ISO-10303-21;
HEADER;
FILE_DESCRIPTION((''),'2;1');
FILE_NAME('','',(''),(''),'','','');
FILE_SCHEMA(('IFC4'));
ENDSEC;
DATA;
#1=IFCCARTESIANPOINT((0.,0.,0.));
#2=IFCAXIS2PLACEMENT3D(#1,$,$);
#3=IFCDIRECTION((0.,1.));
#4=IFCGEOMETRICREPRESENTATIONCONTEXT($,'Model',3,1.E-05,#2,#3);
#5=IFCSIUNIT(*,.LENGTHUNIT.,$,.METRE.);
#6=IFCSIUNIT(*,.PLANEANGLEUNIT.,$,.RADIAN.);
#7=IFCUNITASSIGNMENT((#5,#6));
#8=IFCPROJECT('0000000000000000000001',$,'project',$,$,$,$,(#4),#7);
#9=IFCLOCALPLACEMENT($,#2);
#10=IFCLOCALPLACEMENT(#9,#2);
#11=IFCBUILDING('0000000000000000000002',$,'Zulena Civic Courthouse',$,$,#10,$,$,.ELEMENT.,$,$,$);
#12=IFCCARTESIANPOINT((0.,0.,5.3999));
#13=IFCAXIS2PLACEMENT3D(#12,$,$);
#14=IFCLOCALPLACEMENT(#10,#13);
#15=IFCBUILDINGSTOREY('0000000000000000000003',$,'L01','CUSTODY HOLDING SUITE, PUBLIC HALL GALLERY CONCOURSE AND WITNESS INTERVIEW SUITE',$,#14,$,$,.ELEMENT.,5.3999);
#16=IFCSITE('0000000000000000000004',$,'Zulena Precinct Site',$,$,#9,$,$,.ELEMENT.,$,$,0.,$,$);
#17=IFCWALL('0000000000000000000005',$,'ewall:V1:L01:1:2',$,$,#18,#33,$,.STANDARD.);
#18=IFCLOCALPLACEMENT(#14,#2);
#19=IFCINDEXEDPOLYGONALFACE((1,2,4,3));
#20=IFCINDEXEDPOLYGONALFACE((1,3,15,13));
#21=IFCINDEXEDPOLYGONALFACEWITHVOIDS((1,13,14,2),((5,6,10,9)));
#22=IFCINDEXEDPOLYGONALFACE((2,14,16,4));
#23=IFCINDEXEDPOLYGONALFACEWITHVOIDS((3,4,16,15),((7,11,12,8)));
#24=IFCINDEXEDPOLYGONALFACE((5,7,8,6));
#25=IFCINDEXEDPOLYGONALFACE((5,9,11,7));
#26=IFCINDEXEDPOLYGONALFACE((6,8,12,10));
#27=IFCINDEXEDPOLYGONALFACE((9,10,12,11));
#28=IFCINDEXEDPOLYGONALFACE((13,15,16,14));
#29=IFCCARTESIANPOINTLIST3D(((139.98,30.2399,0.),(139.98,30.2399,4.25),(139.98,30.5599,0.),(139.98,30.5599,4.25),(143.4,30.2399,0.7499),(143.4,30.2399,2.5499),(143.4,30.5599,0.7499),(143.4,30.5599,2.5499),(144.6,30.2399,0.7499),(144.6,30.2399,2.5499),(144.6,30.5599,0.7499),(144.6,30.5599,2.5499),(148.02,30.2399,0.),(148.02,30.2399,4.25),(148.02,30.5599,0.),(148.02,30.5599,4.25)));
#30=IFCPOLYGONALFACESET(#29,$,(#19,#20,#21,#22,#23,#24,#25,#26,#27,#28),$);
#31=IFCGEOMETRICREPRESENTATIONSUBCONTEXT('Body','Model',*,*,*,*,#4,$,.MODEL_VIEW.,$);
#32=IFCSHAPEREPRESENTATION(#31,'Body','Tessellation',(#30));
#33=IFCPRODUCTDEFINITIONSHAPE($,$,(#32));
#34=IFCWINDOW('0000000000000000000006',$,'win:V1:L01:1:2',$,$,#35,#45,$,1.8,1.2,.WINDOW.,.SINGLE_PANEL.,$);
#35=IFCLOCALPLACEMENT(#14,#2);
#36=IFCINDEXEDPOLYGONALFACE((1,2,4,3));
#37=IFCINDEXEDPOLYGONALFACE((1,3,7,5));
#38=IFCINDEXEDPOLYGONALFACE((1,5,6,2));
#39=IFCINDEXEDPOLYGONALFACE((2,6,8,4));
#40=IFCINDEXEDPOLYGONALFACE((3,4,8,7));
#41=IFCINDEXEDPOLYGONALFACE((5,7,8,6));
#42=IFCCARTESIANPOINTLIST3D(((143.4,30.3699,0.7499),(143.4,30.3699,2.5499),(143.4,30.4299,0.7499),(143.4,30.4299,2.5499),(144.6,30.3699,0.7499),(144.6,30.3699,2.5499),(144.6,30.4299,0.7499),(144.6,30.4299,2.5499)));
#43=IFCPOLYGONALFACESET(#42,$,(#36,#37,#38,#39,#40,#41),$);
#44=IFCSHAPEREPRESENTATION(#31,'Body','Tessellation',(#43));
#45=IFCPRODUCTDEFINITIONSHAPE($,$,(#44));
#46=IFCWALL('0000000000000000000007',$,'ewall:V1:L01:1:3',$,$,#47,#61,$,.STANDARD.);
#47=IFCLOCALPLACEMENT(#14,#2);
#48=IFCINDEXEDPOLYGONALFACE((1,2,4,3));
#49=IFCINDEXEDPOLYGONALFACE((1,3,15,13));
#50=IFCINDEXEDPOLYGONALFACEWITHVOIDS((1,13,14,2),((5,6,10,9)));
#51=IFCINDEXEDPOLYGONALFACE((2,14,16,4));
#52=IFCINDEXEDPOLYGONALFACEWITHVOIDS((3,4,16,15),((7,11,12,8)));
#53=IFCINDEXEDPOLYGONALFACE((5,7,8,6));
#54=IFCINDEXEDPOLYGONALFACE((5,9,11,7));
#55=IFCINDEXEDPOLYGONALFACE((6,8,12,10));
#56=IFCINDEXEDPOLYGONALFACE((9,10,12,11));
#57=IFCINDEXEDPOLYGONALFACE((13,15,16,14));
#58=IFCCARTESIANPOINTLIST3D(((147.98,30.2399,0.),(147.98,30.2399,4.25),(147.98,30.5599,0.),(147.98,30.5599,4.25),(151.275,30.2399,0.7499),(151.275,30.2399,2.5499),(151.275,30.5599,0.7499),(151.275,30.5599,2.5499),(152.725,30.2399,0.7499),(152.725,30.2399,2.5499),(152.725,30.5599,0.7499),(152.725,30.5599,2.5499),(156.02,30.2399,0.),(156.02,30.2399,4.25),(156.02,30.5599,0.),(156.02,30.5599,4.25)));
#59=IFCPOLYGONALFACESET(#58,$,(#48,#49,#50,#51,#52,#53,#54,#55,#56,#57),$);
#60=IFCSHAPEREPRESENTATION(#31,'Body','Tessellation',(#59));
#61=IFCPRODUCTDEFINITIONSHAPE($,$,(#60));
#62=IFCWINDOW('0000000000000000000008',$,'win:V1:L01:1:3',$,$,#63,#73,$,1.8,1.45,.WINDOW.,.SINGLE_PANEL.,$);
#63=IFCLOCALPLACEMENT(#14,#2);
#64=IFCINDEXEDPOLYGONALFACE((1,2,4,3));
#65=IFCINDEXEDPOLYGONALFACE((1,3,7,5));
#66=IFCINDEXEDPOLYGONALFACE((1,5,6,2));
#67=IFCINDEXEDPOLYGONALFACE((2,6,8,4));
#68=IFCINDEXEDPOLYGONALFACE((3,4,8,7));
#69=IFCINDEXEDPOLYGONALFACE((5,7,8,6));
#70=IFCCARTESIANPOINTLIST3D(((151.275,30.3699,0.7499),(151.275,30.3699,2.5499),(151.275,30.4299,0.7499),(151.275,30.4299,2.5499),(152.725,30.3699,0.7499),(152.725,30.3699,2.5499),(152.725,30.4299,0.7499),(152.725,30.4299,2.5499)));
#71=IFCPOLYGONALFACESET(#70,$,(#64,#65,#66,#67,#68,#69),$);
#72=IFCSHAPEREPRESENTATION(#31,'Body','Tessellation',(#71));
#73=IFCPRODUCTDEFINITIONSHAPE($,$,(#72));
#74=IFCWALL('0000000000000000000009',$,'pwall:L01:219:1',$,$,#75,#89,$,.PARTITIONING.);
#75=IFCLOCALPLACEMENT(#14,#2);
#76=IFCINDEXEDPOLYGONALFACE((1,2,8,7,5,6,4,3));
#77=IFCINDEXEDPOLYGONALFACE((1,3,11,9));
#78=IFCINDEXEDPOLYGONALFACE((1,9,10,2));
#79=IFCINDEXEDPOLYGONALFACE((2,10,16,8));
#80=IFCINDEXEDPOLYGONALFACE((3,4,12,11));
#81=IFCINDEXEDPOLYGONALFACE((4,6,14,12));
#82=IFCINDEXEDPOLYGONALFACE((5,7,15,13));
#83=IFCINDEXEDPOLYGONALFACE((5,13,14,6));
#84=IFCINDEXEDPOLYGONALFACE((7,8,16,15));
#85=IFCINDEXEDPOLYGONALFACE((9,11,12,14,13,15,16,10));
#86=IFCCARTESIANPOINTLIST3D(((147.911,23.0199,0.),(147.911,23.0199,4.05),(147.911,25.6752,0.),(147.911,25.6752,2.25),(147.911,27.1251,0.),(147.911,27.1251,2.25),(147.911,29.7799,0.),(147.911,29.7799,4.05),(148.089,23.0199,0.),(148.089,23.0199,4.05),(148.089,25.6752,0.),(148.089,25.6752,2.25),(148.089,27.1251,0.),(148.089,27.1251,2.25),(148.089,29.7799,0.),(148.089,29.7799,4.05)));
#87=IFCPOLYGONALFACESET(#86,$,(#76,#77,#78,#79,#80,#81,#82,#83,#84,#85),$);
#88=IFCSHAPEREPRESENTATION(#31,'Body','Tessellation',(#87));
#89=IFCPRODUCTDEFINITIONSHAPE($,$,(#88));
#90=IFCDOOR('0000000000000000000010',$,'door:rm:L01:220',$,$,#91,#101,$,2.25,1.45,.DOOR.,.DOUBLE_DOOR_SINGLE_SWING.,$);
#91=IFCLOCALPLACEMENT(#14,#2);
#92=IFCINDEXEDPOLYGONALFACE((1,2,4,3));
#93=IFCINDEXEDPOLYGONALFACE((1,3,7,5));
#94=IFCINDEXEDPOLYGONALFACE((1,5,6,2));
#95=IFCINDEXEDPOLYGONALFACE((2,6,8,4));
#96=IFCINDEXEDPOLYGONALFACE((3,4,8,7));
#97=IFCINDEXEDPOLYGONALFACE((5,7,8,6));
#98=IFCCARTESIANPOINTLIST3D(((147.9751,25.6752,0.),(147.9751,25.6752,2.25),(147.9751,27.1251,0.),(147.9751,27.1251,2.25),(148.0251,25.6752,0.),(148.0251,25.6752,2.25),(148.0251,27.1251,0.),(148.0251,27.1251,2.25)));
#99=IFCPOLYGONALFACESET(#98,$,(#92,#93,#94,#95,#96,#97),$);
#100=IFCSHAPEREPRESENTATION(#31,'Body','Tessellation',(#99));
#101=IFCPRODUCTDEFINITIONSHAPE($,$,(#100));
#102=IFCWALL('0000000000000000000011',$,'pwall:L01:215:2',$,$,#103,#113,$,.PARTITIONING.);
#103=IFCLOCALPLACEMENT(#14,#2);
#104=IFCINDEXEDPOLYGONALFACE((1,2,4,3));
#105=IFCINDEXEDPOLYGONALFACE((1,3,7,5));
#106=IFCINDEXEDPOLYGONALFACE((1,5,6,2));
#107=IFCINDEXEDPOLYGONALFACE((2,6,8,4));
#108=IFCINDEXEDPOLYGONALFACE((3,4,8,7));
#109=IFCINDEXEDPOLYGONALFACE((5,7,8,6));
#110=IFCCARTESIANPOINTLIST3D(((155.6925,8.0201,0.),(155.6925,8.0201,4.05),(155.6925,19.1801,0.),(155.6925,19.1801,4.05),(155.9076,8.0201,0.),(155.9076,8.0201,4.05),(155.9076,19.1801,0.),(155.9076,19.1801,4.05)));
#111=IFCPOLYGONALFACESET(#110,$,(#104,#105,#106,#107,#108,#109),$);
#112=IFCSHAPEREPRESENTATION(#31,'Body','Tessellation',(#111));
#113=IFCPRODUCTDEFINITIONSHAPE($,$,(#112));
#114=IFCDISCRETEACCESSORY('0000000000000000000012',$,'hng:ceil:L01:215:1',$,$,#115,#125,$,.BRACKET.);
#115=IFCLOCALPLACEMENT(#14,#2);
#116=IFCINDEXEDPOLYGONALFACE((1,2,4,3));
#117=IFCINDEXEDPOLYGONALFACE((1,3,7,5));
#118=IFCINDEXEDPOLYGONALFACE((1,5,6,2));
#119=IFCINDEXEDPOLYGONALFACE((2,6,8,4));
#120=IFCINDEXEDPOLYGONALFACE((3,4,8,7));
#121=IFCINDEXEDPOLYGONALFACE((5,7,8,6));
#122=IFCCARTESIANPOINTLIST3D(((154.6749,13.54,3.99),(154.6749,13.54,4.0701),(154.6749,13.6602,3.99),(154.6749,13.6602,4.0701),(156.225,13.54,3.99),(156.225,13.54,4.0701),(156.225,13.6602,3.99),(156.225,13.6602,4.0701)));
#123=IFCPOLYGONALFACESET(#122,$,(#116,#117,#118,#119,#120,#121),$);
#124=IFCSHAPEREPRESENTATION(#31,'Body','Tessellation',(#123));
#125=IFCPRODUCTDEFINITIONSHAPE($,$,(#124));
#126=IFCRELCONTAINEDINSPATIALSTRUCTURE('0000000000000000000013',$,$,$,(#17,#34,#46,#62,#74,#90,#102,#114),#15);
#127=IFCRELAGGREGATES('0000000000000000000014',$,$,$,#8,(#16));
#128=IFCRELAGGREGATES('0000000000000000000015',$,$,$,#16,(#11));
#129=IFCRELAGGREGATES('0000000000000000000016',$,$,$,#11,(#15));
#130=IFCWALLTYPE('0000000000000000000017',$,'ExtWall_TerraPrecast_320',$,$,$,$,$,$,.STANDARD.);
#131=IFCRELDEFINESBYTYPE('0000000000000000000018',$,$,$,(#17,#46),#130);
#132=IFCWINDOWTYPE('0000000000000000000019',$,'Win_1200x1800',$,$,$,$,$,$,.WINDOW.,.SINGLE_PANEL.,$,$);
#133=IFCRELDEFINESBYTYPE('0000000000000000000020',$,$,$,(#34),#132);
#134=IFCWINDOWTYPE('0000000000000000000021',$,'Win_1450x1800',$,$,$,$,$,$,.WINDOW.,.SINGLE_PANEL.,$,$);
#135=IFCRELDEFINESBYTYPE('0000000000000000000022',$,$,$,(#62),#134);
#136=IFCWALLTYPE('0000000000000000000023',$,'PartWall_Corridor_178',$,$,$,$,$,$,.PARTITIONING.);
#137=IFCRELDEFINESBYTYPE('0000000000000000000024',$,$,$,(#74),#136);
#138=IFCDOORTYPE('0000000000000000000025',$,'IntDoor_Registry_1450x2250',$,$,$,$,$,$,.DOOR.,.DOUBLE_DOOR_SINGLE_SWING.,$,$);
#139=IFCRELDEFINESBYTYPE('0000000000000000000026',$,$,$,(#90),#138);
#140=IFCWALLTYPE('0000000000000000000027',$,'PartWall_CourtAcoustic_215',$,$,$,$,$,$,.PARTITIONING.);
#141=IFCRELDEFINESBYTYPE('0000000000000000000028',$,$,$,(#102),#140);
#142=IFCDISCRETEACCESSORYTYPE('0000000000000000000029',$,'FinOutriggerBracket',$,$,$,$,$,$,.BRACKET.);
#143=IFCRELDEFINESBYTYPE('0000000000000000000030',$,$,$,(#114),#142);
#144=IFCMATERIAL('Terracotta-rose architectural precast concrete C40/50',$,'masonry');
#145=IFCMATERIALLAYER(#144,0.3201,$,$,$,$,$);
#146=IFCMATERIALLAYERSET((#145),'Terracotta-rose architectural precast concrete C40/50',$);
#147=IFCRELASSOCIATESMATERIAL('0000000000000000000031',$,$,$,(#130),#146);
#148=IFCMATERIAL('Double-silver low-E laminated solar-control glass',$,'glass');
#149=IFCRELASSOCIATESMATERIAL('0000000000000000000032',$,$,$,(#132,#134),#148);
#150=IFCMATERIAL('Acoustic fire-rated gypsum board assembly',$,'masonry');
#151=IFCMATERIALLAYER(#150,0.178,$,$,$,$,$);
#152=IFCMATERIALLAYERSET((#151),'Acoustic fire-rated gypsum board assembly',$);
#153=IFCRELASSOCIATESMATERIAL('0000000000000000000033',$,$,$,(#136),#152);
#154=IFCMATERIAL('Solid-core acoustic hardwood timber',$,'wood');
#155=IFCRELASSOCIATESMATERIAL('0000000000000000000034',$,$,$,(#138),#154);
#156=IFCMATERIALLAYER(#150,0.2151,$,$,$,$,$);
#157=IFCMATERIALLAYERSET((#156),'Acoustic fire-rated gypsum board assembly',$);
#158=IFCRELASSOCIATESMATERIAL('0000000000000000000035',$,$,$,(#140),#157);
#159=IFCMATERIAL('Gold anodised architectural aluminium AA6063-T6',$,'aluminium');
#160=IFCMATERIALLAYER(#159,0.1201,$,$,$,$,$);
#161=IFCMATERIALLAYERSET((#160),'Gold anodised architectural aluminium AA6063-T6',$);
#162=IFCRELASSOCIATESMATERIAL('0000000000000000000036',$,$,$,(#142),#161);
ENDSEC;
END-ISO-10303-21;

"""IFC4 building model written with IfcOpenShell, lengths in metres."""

from ifc_helpers import new_model, si_unit, direction, frame, frame_2d, origin, origin_2d, place, context, subcontext, project, spatial, rectangle, extrude, material, layer, layer_set, type_object, element, fill, save


model = new_model("IFC4")

# Units and contexts
model_context = context("Model", 3, precision=1e-05, world=origin(), true_north=direction((0.0, 1.0)))
body_context = subcontext(model_context, "Body", "Model", "MODEL_VIEW")
ifc_project = project(units=[si_unit("LENGTHUNIT", "METRE"), si_unit("PLANEANGLEUNIT", "RADIAN")], contexts=[model_context])

# Site, building, storey
site_placement = place(None, origin())
site = spatial("IfcSite", under=ifc_project, at=site_placement, Name="Zulena Precinct Site", CompositionType="ELEMENT", RefElevation=0.0)
building_placement = place(site_placement, origin())
building = spatial("IfcBuilding", under=site, at=building_placement, Name="Zulena Civic Courthouse", CompositionType="ELEMENT")
storey_placement = place(building_placement, frame((0.0, 0.0, 5.3999)))
storey = spatial("IfcBuildingStorey", under=building, at=storey_placement, Name="L01", Description="CUSTODY HOLDING SUITE, PUBLIC HALL GALLERY CONCOURSE AND WITNESS INTERVIEW SUITE", CompositionType="ELEMENT", Elevation=5.3999)

# Walls, openings, windows
ifc_material_1 = material(Name="Terracotta-rose architectural precast concrete C40/50", Category="masonry")
ifc_layer_1 = layer(ifc_material_1, 0.3201)
ifc_layer_set_1 = layer_set([ifc_layer_1], Name="Terracotta-rose architectural precast concrete C40/50")
wall_type_1 = type_object("IfcWallType", Name="ExtWall_TerraPrecast_320", PredefinedType="STANDARD", material=ifc_layer_set_1)
wall_1_placement = place(storey_placement, frame((139.98, 30.3999, 0.0), z_axis=(0.0, 0.0, 1.0), x_axis=(1.0, 0.0, 0.0)))
wall_1 = element("IfcWall", 1, at=wall_1_placement, inside=storey, type_object=wall_type_1, Name="ewall:V1:L01:1:2", PredefinedType="STANDARD", context=body_context, shape_type="SweptSolid", body=[
    extrude(rectangle(XDim=8.04, YDim=0.3201, at=frame_2d((4.02, 0.0))), origin(), (0.0, 0.0, 1.0), 4.25),
])
opening_1_placement = place(wall_1_placement, frame((3.4199, 0.0, 0.75)))
opening_1 = element("IfcOpeningElement", 2, at=opening_1_placement, cuts=wall_1, PredefinedType="OPENING", context=body_context, shape_type="SweptSolid", body=[
    extrude(rectangle(XDim=1.2, YDim=1.8, at=frame_2d((0.6001, 0.8999))), frame((0.0, 0.1699, 0.0), z_axis=(0.0, -1.0, 0.0), x_axis=(1.0, 0.0, 0.0)), (0.0, 0.0, 1.0), 0.3401),
])
ifc_material_2 = material(Name="Double-silver low-E laminated solar-control glass", Category="glass")
window_type_1 = type_object("IfcWindowType", Name="Win_1200x1800", PartitioningType="SINGLE_PANEL", PredefinedType="WINDOW", material=ifc_material_2)
window_1_placement = place(opening_1_placement, origin())
window_1 = element("IfcWindow", 3, at=window_1_placement, inside=storey, type_object=window_type_1, Name="win:V1:L01:1:2", OverallHeight=1.8, OverallWidth=1.2, PartitioningType="SINGLE_PANEL", PredefinedType="WINDOW", context=body_context, shape_type="SweptSolid", body=[
    extrude(rectangle(XDim=1.2, YDim=1.8, at=frame_2d((0.6001, 0.8999))), frame((0.0, 0.03, 0.0), z_axis=(0.0, -1.0, 0.0), x_axis=(1.0, 0.0, 0.0)), (0.0, 0.0, 1.0), 0.0601),
])
fill(opening_1, window_1)
wall_2_placement = place(storey_placement, frame((147.98, 30.3999, 0.0), z_axis=(0.0, 0.0, 1.0), x_axis=(1.0, 0.0, 0.0)))
wall_2 = element("IfcWall", 4, at=wall_2_placement, inside=storey, type_object=wall_type_1, Name="ewall:V1:L01:1:3", PredefinedType="STANDARD", context=body_context, shape_type="SweptSolid", body=[
    extrude(rectangle(XDim=8.04, YDim=0.3201, at=frame_2d((4.02, 0.0))), origin(), (0.0, 0.0, 1.0), 4.25),
])
opening_2_placement = place(wall_2_placement, frame((3.2949, 0.0, 0.75)))
opening_2 = element("IfcOpeningElement", 5, at=opening_2_placement, cuts=wall_2, PredefinedType="OPENING", context=body_context, shape_type="SweptSolid", body=[
    extrude(rectangle(XDim=1.45, YDim=1.8, at=frame_2d((0.7251, 0.8999))), frame((0.0, 0.1699, 0.0), z_axis=(0.0, -1.0, 0.0), x_axis=(1.0, 0.0, 0.0)), (0.0, 0.0, 1.0), 0.3401),
])
window_type_2 = type_object("IfcWindowType", Name="Win_1450x1800", PartitioningType="SINGLE_PANEL", PredefinedType="WINDOW", material=ifc_material_2)
window_2_placement = place(opening_2_placement, origin())
window_2 = element("IfcWindow", 6, at=window_2_placement, inside=storey, type_object=window_type_2, Name="win:V1:L01:1:3", OverallHeight=1.8, OverallWidth=1.45, PartitioningType="SINGLE_PANEL", PredefinedType="WINDOW", context=body_context, shape_type="SweptSolid", body=[
    extrude(rectangle(XDim=1.45, YDim=1.8, at=frame_2d((0.7251, 0.8999))), frame((0.0, 0.03, 0.0), z_axis=(0.0, -1.0, 0.0), x_axis=(1.0, 0.0, 0.0)), (0.0, 0.0, 1.0), 0.0601),
])
fill(opening_2, window_2)

# Wall, opening, door
ifc_material_3 = material(Name="Acoustic fire-rated gypsum board assembly", Category="masonry")
ifc_layer_2 = layer(ifc_material_3, 0.178)
ifc_layer_set_2 = layer_set([ifc_layer_2], Name="Acoustic fire-rated gypsum board assembly")
wall_type_2 = type_object("IfcWallType", Name="PartWall_Corridor_178", PredefinedType="PARTITIONING", material=ifc_layer_set_2)
wall_3_placement = place(storey_placement, frame((148.0, 23.02, 0.0), z_axis=(0.0, 0.0, 1.0), x_axis=(0.0, 1.0, 0.0)))
wall_3 = element("IfcWall", 7, at=wall_3_placement, inside=storey, type_object=wall_type_2, Name="pwall:L01:219:1", PredefinedType="PARTITIONING", context=body_context, shape_type="SweptSolid", body=[
    extrude(rectangle(XDim=6.76, YDim=0.178, at=frame_2d((3.3799, 0.0))), origin(), (0.0, 0.0, 1.0), 4.05),
])
opening_3_placement = place(wall_3_placement, frame((2.655, 0.0, 0.0)))
opening_3 = element("IfcOpeningElement", 8, at=opening_3_placement, cuts=wall_3, PredefinedType="OPENING", context=body_context, shape_type="SweptSolid", body=[
    extrude(rectangle(XDim=1.45, YDim=2.25, at=frame_2d((0.7251, 1.125))), frame((0.0, 0.0989, 0.0), z_axis=(0.0, -1.0, 0.0), x_axis=(1.0, 0.0, 0.0)), (0.0, 0.0, 1.0), 0.198),
])
ifc_material_4 = material(Name="Solid-core acoustic hardwood timber", Category="wood")
door_type = type_object("IfcDoorType", Name="IntDoor_Registry_1450x2250", OperationType="DOUBLE_DOOR_SINGLE_SWING", PredefinedType="DOOR", material=ifc_material_4)
door_placement = place(opening_3_placement, origin())
door = element("IfcDoor", 9, at=door_placement, inside=storey, type_object=door_type, Name="door:rm:L01:220", OperationType="DOUBLE_DOOR_SINGLE_SWING", OverallHeight=2.25, OverallWidth=1.45, PredefinedType="DOOR", context=body_context, shape_type="SweptSolid", body=[
    extrude(rectangle(XDim=1.45, YDim=2.25, at=frame_2d((0.7251, 1.125))), frame((0.0, 0.0249, 0.0), z_axis=(0.0, -1.0, 0.0), x_axis=(1.0, 0.0, 0.0)), (0.0, 0.0, 1.0), 0.05),
])
fill(opening_3, door)

# Wall
ifc_layer_3 = layer(ifc_material_3, 0.2151)
ifc_layer_set_3 = layer_set([ifc_layer_3], Name="Acoustic fire-rated gypsum board assembly")
wall_type_3 = type_object("IfcWallType", Name="PartWall_CourtAcoustic_215", PredefinedType="PARTITIONING", material=ifc_layer_set_3)
wall_4_placement = place(storey_placement, frame((155.8, 8.02, 0.0), z_axis=(0.0, 0.0, 1.0), x_axis=(0.0, 1.0, 0.0)))
element("IfcWall", 10, at=wall_4_placement, inside=storey, type_object=wall_type_3, Name="pwall:L01:215:2", PredefinedType="PARTITIONING", context=body_context, shape_type="SweptSolid", body=[
    extrude(rectangle(XDim=11.1599, YDim=0.2151, at=frame_2d((5.5801, 0.0))), origin(), (0.0, 0.0, 1.0), 4.05),
])

# Discrete accessory
ifc_material_5 = material(Name="Gold anodised architectural aluminium AA6063-T6", Category="aluminium")
ifc_layer_4 = layer(ifc_material_5, 0.1201)
ifc_layer_set_4 = layer_set([ifc_layer_4], Name="Gold anodised architectural aluminium AA6063-T6")
discrete_accessory_type = type_object("IfcDiscreteAccessoryType", Name="FinOutriggerBracket", PredefinedType="BRACKET", material=ifc_layer_set_4)
discrete_accessory_placement = place(storey_placement, frame((155.45, 13.6001, 3.99), z_axis=(0.0, 0.0, 1.0), x_axis=(1.0, 0.0, 0.0)))
element("IfcDiscreteAccessory", 11, at=discrete_accessory_placement, inside=storey, type_object=discrete_accessory_type, Name="hng:ceil:L01:215:1", PredefinedType="BRACKET", context=body_context, shape_type="SweptSolid", body=[
    extrude(rectangle(XDim=1.55, YDim=0.1201, at=origin_2d()), origin(), (0.0, 0.0, 1.0), 0.0801),
])

save(model, "model.ifc")
